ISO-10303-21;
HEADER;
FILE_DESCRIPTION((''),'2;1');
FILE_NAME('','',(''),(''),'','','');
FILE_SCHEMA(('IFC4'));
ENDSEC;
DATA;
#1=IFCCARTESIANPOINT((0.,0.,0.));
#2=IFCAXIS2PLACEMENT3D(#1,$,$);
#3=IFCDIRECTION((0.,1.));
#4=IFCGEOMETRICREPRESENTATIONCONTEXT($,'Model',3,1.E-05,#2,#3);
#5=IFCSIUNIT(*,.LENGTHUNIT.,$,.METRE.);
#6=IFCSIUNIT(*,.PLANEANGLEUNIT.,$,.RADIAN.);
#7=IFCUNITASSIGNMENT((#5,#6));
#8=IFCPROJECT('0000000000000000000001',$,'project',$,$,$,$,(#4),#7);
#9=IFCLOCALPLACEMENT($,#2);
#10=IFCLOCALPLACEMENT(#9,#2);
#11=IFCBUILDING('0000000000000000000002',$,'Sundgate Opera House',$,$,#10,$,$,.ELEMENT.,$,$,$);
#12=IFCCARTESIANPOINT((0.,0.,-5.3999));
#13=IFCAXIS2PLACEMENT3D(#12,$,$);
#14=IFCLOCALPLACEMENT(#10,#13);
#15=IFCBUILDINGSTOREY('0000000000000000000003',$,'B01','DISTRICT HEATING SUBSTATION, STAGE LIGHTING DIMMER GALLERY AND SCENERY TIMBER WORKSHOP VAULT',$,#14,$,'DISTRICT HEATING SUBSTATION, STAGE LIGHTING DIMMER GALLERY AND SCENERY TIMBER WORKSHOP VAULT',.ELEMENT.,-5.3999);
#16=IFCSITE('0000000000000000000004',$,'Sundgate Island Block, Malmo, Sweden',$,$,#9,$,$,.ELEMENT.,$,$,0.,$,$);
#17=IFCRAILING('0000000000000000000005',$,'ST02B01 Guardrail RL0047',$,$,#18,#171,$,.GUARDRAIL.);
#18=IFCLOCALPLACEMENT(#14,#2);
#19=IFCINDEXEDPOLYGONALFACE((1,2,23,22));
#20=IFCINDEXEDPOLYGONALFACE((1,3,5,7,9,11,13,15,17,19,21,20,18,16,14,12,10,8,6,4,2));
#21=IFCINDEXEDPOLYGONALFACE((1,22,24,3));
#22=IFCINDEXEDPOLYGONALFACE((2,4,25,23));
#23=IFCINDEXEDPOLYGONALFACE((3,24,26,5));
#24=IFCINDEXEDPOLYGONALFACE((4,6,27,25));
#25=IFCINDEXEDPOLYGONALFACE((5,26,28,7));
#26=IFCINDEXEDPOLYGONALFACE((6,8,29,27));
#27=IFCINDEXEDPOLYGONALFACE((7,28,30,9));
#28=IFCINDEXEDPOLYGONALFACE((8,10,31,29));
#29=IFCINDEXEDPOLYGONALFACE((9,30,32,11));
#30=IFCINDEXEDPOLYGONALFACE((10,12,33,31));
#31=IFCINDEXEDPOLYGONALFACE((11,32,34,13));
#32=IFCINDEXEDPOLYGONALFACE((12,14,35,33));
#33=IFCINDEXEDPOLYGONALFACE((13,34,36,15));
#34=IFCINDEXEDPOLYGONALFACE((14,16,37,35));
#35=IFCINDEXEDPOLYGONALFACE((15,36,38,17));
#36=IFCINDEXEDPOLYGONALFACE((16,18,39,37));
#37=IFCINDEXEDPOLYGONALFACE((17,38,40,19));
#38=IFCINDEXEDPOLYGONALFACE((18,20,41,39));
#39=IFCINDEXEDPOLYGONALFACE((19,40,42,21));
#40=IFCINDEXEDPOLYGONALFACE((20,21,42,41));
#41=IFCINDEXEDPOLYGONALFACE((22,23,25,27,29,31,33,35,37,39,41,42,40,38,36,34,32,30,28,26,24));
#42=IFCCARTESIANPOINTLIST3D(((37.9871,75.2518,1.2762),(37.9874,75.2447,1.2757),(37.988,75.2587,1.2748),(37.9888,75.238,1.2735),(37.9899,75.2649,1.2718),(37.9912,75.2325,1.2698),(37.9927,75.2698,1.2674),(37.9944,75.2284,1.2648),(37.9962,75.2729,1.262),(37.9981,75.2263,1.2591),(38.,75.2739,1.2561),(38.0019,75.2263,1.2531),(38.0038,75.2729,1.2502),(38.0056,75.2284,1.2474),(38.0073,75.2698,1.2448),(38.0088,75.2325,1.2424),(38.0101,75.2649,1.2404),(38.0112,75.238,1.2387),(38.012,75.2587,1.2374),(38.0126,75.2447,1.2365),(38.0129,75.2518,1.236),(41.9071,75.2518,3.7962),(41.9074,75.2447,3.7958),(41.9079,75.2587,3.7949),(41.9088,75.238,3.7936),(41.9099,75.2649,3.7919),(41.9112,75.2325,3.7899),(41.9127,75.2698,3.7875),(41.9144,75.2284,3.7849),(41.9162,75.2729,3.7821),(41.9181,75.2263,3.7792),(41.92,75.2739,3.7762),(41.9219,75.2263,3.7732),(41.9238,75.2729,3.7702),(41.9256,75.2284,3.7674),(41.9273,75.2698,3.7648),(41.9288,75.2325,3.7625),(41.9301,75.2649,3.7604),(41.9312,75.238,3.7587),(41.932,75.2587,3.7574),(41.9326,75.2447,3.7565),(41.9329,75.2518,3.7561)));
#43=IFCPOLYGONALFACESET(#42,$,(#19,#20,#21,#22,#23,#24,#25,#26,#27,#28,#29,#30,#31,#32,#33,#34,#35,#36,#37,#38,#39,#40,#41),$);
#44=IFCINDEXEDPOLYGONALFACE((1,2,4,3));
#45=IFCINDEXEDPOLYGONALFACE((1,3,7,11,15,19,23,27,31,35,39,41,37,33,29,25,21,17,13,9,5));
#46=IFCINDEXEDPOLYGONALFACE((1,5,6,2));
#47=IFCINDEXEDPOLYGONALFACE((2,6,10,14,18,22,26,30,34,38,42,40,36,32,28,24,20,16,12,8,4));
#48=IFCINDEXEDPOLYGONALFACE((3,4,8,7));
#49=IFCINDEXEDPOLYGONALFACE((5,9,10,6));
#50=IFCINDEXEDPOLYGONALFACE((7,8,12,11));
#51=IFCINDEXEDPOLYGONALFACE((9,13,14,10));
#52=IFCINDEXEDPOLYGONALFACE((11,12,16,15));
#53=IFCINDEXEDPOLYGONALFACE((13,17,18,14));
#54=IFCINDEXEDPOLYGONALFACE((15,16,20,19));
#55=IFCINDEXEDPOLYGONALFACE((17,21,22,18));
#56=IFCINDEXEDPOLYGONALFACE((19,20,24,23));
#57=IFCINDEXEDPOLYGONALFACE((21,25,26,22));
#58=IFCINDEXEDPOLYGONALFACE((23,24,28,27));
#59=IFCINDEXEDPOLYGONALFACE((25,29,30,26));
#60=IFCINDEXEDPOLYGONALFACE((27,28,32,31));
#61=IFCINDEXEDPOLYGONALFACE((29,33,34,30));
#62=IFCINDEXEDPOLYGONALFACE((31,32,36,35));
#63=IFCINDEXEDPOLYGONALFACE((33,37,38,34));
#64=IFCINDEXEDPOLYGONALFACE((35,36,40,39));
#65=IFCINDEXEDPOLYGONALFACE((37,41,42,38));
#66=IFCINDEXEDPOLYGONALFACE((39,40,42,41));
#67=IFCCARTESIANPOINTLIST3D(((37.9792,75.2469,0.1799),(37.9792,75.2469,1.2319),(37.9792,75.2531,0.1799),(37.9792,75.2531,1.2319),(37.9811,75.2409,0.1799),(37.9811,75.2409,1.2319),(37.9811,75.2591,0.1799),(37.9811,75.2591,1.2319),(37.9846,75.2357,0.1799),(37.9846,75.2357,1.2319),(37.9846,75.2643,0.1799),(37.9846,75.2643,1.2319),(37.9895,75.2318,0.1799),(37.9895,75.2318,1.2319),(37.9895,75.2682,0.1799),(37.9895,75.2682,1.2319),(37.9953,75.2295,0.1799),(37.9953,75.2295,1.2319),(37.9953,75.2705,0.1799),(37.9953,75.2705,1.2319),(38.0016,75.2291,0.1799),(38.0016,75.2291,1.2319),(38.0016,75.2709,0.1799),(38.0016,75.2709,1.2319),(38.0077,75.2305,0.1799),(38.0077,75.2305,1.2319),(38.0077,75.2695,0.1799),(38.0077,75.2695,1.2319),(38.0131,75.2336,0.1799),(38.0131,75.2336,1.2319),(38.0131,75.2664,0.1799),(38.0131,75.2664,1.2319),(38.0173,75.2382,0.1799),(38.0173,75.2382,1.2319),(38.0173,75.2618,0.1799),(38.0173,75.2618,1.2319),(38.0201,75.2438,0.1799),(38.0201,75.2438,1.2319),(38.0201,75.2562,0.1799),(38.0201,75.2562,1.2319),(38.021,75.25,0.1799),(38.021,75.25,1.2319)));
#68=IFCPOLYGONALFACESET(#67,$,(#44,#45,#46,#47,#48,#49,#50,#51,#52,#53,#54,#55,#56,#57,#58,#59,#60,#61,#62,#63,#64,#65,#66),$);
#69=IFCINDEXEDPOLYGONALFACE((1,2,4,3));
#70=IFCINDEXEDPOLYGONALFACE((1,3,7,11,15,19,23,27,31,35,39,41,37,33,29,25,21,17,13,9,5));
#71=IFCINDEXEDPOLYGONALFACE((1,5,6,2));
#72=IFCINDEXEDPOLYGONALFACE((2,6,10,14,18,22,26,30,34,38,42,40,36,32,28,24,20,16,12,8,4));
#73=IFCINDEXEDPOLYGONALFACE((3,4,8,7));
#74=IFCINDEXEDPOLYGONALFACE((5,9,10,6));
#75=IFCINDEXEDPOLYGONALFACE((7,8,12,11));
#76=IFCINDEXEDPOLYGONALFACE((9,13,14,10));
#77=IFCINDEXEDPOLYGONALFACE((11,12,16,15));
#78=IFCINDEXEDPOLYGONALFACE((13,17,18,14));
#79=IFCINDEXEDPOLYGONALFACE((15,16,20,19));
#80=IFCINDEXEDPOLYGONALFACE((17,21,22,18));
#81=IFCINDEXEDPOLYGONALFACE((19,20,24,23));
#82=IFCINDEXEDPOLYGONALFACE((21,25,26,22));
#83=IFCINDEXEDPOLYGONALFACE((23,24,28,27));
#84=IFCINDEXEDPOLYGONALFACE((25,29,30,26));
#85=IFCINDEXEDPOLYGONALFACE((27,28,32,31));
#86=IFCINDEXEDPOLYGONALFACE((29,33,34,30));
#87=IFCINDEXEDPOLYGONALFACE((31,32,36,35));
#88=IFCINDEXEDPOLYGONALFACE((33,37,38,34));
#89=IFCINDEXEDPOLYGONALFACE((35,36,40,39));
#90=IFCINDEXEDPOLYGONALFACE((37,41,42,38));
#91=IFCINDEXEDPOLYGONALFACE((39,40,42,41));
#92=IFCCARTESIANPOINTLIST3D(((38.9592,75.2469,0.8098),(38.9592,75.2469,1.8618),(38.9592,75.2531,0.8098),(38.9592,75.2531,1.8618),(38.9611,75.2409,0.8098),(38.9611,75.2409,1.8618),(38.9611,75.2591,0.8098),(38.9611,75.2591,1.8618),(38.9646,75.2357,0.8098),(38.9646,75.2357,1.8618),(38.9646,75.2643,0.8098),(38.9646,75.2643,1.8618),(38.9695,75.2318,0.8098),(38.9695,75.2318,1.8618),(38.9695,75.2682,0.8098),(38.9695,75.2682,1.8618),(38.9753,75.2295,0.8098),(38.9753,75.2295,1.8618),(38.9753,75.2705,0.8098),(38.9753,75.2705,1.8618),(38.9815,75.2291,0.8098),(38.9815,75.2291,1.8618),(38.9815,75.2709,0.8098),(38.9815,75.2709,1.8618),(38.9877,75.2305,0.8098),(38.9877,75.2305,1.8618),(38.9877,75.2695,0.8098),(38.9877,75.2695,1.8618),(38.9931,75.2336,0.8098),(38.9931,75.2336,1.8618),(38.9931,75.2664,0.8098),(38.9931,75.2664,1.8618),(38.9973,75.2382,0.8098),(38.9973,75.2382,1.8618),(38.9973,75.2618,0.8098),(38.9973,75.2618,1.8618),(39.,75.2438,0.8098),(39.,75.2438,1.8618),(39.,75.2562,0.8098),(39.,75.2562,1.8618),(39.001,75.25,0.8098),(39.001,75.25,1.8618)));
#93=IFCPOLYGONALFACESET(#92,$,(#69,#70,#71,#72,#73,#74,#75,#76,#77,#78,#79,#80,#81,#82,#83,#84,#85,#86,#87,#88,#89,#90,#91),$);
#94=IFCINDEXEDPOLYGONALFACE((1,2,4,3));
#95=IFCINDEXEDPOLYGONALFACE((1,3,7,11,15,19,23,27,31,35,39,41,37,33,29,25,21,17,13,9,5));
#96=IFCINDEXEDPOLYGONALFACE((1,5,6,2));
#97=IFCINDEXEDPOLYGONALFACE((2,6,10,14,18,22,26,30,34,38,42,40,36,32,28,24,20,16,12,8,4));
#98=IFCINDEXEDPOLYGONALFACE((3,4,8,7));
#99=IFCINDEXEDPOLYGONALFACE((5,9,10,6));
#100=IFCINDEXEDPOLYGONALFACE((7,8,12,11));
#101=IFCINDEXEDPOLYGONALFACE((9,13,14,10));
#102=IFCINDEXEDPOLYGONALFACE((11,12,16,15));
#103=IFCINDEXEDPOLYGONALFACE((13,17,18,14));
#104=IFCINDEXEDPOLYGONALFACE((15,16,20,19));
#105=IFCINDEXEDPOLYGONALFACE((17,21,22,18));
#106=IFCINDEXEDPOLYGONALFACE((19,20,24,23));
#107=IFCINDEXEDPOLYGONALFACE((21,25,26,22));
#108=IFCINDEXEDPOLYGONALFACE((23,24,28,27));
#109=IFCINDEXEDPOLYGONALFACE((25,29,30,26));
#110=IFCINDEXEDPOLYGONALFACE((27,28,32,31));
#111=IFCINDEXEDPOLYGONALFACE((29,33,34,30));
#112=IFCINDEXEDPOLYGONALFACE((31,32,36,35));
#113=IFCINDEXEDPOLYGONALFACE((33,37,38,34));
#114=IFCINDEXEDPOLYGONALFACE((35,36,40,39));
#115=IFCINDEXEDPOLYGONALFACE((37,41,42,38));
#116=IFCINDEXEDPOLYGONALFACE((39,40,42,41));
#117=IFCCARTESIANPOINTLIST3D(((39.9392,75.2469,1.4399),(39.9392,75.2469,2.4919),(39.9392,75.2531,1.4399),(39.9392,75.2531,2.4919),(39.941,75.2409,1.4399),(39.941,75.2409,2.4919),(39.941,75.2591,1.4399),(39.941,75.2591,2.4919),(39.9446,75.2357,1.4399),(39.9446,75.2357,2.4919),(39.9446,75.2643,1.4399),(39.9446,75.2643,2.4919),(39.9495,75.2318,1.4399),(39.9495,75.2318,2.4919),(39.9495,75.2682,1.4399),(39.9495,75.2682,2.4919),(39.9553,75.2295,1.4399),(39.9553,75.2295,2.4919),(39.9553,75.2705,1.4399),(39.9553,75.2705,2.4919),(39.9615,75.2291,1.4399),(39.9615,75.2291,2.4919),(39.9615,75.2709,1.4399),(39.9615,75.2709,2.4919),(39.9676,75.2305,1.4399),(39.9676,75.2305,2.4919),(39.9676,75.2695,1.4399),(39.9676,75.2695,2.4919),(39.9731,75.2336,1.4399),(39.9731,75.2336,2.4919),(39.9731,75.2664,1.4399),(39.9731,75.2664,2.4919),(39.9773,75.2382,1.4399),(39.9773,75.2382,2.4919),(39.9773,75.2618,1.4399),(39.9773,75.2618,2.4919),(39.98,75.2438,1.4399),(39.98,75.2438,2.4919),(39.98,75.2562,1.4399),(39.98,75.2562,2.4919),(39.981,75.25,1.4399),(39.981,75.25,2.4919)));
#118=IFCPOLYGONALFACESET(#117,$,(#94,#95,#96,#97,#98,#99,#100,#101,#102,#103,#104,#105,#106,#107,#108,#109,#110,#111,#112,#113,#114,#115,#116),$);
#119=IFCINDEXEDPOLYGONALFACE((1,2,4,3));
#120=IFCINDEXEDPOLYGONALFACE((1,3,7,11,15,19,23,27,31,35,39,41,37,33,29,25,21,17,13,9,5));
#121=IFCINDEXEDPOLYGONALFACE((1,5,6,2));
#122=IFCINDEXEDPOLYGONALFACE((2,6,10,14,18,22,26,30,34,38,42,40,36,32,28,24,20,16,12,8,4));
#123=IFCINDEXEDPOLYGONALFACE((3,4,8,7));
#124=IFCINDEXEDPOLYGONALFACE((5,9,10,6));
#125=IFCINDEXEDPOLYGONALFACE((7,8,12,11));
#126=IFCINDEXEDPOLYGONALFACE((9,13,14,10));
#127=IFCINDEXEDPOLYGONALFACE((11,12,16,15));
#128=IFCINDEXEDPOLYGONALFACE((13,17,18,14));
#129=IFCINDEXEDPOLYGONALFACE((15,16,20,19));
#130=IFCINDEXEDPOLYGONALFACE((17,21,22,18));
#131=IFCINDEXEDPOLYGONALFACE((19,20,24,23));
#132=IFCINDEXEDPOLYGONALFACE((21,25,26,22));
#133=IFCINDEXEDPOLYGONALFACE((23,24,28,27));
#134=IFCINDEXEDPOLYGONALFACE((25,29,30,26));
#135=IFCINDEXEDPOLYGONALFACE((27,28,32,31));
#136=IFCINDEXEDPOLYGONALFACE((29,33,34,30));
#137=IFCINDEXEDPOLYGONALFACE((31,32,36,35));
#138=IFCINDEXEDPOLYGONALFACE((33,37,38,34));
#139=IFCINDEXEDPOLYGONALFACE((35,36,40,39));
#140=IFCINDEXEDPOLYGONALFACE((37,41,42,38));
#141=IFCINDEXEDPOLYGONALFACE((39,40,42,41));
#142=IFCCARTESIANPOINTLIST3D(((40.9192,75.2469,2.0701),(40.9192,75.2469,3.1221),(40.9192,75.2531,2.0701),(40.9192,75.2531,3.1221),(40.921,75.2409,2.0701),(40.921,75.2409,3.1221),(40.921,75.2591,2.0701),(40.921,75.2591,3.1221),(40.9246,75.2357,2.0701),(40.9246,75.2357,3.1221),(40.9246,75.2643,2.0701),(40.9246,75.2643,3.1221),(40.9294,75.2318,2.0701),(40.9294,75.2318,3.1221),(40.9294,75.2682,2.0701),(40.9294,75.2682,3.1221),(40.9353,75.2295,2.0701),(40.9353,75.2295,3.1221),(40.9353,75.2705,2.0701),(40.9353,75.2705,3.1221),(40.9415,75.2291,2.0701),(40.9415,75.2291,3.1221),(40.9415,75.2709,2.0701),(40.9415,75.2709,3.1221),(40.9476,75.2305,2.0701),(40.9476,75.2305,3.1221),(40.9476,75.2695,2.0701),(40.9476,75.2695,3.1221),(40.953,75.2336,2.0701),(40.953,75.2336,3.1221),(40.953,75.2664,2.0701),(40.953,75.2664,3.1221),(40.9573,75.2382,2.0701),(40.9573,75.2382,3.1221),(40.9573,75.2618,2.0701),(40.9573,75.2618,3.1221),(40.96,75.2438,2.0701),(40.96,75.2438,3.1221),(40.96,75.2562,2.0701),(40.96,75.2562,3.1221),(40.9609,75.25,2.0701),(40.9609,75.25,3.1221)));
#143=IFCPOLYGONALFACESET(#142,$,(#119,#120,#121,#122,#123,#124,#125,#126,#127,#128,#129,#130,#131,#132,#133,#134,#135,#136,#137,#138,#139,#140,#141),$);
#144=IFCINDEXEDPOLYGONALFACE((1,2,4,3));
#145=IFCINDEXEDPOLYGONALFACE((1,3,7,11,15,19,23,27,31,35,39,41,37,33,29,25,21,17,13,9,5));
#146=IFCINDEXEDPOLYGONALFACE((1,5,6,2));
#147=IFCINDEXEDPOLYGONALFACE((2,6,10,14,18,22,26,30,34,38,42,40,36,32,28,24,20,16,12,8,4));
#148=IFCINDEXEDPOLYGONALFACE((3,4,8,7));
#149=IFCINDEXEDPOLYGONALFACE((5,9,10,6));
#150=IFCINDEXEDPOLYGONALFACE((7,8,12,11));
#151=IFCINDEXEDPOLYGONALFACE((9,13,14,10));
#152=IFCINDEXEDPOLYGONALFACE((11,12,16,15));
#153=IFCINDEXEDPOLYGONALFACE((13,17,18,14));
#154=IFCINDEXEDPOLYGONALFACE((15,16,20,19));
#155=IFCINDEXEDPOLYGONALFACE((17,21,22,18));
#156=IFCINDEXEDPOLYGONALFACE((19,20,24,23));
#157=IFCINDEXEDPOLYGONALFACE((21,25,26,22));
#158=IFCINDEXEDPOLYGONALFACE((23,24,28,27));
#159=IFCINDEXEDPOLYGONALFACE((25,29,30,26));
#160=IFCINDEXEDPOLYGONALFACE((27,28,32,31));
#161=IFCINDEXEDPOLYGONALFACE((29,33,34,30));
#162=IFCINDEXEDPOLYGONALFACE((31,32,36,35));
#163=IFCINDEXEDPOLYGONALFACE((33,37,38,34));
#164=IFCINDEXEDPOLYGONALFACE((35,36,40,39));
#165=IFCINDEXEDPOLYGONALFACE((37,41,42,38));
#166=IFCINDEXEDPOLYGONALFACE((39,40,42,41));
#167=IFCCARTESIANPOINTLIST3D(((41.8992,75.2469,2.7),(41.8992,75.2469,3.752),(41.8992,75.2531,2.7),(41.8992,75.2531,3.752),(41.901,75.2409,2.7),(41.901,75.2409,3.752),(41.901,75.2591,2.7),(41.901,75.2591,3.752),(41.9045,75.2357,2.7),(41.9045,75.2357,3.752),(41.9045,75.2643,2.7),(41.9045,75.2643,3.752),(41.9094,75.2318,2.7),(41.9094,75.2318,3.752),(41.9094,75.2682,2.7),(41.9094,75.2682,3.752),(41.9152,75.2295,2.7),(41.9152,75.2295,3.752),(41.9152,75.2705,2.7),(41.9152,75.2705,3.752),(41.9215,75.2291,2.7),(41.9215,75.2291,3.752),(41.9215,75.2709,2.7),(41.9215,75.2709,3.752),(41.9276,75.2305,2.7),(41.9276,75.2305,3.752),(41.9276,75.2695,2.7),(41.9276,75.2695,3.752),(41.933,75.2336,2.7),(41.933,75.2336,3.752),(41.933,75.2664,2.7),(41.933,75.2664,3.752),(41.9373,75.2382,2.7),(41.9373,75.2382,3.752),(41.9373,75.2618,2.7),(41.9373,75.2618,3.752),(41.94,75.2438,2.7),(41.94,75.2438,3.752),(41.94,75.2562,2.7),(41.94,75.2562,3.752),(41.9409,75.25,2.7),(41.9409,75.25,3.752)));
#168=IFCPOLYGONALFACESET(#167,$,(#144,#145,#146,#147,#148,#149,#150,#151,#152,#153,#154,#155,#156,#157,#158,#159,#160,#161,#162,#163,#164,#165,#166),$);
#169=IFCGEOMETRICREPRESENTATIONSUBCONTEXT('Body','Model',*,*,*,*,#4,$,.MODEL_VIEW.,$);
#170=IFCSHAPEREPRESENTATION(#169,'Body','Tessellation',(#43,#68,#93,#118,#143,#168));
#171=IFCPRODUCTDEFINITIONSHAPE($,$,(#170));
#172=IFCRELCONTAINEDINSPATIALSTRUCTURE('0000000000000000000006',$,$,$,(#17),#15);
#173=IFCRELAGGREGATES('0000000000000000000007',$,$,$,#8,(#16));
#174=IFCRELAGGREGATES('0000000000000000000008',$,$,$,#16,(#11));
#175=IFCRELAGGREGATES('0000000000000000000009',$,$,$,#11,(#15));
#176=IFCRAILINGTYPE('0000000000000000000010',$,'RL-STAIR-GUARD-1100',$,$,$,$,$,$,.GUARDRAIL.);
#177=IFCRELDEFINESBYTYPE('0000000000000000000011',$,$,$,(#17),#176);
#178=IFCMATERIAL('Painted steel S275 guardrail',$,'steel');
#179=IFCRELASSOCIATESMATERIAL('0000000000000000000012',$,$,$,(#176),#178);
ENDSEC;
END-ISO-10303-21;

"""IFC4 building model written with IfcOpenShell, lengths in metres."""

from ifc_helpers import new_model, si_unit, direction, frame, origin, origin_2d, place, context, subcontext, project, spatial, circle, extrude, material, type_object, element, save


model = new_model("IFC4")

# Units and contexts
model_context = context("Model", 3, precision=1e-05, world=origin(), true_north=direction((0.0, 1.0)))
body_context = subcontext(model_context, "Body", "Model", "MODEL_VIEW")
ifc_project = project(units=[si_unit("LENGTHUNIT", "METRE"), si_unit("PLANEANGLEUNIT", "RADIAN")], contexts=[model_context])

# Site, building, storey
site_placement = place(None, origin())
site = spatial("IfcSite", under=ifc_project, at=site_placement, Name="Sundgate Island Block, Malmo, Sweden", CompositionType="ELEMENT", RefElevation=0.0)
building_placement = place(site_placement, origin())
building = spatial("IfcBuilding", under=site, at=building_placement, Name="Sundgate Opera House", CompositionType="ELEMENT")
storey_placement = place(building_placement, frame((0.0, 0.0, -5.3999)))
storey = spatial("IfcBuildingStorey", under=building, at=storey_placement, Name="B01", Description="DISTRICT HEATING SUBSTATION, STAGE LIGHTING DIMMER GALLERY AND SCENERY TIMBER WORKSHOP VAULT", LongName="DISTRICT HEATING SUBSTATION, STAGE LIGHTING DIMMER GALLERY AND SCENERY TIMBER WORKSHOP VAULT", CompositionType="ELEMENT", Elevation=-5.3999)

# Railing
ifc_material_1 = material(Name="Painted steel S275 guardrail", Category="steel")
railing_type = type_object("IfcRailingType", Name="RL-STAIR-GUARD-1100", PredefinedType="GUARDRAIL", material=ifc_material_1)
railing_1_placement = place(storey_placement, frame((38.0, 75.25, 0.1799)))
element("IfcRailing", 1, at=railing_1_placement, inside=storey, type_object=railing_type, Name="ST02B01 Guardrail RL0047", PredefinedType="GUARDRAIL", context=body_context, shape_type="SweptSolid", body=[
    extrude(circle(Radius=0.0239, at=origin_2d()), frame((0.0, 0.0, 1.0762), z_axis=(0.841172, 0.0, 0.540768), x_axis=(0.0, 1.0, 0.0)), (0.0, 0.0, 1.0), 4.6602),
    extrude(circle(Radius=0.021, at=origin_2d()), origin(), (0.0, 0.0, 1.0), 1.052),
    extrude(circle(Radius=0.021, at=origin_2d()), frame((0.98, 0.0, 0.6299)), (0.0, 0.0, 1.0), 1.052),
    extrude(circle(Radius=0.021, at=origin_2d()), frame((1.96, 0.0, 1.26)), (0.0, 0.0, 1.0), 1.052),
    extrude(circle(Radius=0.021, at=origin_2d()), frame((2.9399, 0.0, 1.8901)), (0.0, 0.0, 1.0), 1.052),
    extrude(circle(Radius=0.021, at=origin_2d()), frame((3.9199, 0.0, 2.52)), (0.0, 0.0, 1.0), 1.052),
])

save(model, "model.ifc")
